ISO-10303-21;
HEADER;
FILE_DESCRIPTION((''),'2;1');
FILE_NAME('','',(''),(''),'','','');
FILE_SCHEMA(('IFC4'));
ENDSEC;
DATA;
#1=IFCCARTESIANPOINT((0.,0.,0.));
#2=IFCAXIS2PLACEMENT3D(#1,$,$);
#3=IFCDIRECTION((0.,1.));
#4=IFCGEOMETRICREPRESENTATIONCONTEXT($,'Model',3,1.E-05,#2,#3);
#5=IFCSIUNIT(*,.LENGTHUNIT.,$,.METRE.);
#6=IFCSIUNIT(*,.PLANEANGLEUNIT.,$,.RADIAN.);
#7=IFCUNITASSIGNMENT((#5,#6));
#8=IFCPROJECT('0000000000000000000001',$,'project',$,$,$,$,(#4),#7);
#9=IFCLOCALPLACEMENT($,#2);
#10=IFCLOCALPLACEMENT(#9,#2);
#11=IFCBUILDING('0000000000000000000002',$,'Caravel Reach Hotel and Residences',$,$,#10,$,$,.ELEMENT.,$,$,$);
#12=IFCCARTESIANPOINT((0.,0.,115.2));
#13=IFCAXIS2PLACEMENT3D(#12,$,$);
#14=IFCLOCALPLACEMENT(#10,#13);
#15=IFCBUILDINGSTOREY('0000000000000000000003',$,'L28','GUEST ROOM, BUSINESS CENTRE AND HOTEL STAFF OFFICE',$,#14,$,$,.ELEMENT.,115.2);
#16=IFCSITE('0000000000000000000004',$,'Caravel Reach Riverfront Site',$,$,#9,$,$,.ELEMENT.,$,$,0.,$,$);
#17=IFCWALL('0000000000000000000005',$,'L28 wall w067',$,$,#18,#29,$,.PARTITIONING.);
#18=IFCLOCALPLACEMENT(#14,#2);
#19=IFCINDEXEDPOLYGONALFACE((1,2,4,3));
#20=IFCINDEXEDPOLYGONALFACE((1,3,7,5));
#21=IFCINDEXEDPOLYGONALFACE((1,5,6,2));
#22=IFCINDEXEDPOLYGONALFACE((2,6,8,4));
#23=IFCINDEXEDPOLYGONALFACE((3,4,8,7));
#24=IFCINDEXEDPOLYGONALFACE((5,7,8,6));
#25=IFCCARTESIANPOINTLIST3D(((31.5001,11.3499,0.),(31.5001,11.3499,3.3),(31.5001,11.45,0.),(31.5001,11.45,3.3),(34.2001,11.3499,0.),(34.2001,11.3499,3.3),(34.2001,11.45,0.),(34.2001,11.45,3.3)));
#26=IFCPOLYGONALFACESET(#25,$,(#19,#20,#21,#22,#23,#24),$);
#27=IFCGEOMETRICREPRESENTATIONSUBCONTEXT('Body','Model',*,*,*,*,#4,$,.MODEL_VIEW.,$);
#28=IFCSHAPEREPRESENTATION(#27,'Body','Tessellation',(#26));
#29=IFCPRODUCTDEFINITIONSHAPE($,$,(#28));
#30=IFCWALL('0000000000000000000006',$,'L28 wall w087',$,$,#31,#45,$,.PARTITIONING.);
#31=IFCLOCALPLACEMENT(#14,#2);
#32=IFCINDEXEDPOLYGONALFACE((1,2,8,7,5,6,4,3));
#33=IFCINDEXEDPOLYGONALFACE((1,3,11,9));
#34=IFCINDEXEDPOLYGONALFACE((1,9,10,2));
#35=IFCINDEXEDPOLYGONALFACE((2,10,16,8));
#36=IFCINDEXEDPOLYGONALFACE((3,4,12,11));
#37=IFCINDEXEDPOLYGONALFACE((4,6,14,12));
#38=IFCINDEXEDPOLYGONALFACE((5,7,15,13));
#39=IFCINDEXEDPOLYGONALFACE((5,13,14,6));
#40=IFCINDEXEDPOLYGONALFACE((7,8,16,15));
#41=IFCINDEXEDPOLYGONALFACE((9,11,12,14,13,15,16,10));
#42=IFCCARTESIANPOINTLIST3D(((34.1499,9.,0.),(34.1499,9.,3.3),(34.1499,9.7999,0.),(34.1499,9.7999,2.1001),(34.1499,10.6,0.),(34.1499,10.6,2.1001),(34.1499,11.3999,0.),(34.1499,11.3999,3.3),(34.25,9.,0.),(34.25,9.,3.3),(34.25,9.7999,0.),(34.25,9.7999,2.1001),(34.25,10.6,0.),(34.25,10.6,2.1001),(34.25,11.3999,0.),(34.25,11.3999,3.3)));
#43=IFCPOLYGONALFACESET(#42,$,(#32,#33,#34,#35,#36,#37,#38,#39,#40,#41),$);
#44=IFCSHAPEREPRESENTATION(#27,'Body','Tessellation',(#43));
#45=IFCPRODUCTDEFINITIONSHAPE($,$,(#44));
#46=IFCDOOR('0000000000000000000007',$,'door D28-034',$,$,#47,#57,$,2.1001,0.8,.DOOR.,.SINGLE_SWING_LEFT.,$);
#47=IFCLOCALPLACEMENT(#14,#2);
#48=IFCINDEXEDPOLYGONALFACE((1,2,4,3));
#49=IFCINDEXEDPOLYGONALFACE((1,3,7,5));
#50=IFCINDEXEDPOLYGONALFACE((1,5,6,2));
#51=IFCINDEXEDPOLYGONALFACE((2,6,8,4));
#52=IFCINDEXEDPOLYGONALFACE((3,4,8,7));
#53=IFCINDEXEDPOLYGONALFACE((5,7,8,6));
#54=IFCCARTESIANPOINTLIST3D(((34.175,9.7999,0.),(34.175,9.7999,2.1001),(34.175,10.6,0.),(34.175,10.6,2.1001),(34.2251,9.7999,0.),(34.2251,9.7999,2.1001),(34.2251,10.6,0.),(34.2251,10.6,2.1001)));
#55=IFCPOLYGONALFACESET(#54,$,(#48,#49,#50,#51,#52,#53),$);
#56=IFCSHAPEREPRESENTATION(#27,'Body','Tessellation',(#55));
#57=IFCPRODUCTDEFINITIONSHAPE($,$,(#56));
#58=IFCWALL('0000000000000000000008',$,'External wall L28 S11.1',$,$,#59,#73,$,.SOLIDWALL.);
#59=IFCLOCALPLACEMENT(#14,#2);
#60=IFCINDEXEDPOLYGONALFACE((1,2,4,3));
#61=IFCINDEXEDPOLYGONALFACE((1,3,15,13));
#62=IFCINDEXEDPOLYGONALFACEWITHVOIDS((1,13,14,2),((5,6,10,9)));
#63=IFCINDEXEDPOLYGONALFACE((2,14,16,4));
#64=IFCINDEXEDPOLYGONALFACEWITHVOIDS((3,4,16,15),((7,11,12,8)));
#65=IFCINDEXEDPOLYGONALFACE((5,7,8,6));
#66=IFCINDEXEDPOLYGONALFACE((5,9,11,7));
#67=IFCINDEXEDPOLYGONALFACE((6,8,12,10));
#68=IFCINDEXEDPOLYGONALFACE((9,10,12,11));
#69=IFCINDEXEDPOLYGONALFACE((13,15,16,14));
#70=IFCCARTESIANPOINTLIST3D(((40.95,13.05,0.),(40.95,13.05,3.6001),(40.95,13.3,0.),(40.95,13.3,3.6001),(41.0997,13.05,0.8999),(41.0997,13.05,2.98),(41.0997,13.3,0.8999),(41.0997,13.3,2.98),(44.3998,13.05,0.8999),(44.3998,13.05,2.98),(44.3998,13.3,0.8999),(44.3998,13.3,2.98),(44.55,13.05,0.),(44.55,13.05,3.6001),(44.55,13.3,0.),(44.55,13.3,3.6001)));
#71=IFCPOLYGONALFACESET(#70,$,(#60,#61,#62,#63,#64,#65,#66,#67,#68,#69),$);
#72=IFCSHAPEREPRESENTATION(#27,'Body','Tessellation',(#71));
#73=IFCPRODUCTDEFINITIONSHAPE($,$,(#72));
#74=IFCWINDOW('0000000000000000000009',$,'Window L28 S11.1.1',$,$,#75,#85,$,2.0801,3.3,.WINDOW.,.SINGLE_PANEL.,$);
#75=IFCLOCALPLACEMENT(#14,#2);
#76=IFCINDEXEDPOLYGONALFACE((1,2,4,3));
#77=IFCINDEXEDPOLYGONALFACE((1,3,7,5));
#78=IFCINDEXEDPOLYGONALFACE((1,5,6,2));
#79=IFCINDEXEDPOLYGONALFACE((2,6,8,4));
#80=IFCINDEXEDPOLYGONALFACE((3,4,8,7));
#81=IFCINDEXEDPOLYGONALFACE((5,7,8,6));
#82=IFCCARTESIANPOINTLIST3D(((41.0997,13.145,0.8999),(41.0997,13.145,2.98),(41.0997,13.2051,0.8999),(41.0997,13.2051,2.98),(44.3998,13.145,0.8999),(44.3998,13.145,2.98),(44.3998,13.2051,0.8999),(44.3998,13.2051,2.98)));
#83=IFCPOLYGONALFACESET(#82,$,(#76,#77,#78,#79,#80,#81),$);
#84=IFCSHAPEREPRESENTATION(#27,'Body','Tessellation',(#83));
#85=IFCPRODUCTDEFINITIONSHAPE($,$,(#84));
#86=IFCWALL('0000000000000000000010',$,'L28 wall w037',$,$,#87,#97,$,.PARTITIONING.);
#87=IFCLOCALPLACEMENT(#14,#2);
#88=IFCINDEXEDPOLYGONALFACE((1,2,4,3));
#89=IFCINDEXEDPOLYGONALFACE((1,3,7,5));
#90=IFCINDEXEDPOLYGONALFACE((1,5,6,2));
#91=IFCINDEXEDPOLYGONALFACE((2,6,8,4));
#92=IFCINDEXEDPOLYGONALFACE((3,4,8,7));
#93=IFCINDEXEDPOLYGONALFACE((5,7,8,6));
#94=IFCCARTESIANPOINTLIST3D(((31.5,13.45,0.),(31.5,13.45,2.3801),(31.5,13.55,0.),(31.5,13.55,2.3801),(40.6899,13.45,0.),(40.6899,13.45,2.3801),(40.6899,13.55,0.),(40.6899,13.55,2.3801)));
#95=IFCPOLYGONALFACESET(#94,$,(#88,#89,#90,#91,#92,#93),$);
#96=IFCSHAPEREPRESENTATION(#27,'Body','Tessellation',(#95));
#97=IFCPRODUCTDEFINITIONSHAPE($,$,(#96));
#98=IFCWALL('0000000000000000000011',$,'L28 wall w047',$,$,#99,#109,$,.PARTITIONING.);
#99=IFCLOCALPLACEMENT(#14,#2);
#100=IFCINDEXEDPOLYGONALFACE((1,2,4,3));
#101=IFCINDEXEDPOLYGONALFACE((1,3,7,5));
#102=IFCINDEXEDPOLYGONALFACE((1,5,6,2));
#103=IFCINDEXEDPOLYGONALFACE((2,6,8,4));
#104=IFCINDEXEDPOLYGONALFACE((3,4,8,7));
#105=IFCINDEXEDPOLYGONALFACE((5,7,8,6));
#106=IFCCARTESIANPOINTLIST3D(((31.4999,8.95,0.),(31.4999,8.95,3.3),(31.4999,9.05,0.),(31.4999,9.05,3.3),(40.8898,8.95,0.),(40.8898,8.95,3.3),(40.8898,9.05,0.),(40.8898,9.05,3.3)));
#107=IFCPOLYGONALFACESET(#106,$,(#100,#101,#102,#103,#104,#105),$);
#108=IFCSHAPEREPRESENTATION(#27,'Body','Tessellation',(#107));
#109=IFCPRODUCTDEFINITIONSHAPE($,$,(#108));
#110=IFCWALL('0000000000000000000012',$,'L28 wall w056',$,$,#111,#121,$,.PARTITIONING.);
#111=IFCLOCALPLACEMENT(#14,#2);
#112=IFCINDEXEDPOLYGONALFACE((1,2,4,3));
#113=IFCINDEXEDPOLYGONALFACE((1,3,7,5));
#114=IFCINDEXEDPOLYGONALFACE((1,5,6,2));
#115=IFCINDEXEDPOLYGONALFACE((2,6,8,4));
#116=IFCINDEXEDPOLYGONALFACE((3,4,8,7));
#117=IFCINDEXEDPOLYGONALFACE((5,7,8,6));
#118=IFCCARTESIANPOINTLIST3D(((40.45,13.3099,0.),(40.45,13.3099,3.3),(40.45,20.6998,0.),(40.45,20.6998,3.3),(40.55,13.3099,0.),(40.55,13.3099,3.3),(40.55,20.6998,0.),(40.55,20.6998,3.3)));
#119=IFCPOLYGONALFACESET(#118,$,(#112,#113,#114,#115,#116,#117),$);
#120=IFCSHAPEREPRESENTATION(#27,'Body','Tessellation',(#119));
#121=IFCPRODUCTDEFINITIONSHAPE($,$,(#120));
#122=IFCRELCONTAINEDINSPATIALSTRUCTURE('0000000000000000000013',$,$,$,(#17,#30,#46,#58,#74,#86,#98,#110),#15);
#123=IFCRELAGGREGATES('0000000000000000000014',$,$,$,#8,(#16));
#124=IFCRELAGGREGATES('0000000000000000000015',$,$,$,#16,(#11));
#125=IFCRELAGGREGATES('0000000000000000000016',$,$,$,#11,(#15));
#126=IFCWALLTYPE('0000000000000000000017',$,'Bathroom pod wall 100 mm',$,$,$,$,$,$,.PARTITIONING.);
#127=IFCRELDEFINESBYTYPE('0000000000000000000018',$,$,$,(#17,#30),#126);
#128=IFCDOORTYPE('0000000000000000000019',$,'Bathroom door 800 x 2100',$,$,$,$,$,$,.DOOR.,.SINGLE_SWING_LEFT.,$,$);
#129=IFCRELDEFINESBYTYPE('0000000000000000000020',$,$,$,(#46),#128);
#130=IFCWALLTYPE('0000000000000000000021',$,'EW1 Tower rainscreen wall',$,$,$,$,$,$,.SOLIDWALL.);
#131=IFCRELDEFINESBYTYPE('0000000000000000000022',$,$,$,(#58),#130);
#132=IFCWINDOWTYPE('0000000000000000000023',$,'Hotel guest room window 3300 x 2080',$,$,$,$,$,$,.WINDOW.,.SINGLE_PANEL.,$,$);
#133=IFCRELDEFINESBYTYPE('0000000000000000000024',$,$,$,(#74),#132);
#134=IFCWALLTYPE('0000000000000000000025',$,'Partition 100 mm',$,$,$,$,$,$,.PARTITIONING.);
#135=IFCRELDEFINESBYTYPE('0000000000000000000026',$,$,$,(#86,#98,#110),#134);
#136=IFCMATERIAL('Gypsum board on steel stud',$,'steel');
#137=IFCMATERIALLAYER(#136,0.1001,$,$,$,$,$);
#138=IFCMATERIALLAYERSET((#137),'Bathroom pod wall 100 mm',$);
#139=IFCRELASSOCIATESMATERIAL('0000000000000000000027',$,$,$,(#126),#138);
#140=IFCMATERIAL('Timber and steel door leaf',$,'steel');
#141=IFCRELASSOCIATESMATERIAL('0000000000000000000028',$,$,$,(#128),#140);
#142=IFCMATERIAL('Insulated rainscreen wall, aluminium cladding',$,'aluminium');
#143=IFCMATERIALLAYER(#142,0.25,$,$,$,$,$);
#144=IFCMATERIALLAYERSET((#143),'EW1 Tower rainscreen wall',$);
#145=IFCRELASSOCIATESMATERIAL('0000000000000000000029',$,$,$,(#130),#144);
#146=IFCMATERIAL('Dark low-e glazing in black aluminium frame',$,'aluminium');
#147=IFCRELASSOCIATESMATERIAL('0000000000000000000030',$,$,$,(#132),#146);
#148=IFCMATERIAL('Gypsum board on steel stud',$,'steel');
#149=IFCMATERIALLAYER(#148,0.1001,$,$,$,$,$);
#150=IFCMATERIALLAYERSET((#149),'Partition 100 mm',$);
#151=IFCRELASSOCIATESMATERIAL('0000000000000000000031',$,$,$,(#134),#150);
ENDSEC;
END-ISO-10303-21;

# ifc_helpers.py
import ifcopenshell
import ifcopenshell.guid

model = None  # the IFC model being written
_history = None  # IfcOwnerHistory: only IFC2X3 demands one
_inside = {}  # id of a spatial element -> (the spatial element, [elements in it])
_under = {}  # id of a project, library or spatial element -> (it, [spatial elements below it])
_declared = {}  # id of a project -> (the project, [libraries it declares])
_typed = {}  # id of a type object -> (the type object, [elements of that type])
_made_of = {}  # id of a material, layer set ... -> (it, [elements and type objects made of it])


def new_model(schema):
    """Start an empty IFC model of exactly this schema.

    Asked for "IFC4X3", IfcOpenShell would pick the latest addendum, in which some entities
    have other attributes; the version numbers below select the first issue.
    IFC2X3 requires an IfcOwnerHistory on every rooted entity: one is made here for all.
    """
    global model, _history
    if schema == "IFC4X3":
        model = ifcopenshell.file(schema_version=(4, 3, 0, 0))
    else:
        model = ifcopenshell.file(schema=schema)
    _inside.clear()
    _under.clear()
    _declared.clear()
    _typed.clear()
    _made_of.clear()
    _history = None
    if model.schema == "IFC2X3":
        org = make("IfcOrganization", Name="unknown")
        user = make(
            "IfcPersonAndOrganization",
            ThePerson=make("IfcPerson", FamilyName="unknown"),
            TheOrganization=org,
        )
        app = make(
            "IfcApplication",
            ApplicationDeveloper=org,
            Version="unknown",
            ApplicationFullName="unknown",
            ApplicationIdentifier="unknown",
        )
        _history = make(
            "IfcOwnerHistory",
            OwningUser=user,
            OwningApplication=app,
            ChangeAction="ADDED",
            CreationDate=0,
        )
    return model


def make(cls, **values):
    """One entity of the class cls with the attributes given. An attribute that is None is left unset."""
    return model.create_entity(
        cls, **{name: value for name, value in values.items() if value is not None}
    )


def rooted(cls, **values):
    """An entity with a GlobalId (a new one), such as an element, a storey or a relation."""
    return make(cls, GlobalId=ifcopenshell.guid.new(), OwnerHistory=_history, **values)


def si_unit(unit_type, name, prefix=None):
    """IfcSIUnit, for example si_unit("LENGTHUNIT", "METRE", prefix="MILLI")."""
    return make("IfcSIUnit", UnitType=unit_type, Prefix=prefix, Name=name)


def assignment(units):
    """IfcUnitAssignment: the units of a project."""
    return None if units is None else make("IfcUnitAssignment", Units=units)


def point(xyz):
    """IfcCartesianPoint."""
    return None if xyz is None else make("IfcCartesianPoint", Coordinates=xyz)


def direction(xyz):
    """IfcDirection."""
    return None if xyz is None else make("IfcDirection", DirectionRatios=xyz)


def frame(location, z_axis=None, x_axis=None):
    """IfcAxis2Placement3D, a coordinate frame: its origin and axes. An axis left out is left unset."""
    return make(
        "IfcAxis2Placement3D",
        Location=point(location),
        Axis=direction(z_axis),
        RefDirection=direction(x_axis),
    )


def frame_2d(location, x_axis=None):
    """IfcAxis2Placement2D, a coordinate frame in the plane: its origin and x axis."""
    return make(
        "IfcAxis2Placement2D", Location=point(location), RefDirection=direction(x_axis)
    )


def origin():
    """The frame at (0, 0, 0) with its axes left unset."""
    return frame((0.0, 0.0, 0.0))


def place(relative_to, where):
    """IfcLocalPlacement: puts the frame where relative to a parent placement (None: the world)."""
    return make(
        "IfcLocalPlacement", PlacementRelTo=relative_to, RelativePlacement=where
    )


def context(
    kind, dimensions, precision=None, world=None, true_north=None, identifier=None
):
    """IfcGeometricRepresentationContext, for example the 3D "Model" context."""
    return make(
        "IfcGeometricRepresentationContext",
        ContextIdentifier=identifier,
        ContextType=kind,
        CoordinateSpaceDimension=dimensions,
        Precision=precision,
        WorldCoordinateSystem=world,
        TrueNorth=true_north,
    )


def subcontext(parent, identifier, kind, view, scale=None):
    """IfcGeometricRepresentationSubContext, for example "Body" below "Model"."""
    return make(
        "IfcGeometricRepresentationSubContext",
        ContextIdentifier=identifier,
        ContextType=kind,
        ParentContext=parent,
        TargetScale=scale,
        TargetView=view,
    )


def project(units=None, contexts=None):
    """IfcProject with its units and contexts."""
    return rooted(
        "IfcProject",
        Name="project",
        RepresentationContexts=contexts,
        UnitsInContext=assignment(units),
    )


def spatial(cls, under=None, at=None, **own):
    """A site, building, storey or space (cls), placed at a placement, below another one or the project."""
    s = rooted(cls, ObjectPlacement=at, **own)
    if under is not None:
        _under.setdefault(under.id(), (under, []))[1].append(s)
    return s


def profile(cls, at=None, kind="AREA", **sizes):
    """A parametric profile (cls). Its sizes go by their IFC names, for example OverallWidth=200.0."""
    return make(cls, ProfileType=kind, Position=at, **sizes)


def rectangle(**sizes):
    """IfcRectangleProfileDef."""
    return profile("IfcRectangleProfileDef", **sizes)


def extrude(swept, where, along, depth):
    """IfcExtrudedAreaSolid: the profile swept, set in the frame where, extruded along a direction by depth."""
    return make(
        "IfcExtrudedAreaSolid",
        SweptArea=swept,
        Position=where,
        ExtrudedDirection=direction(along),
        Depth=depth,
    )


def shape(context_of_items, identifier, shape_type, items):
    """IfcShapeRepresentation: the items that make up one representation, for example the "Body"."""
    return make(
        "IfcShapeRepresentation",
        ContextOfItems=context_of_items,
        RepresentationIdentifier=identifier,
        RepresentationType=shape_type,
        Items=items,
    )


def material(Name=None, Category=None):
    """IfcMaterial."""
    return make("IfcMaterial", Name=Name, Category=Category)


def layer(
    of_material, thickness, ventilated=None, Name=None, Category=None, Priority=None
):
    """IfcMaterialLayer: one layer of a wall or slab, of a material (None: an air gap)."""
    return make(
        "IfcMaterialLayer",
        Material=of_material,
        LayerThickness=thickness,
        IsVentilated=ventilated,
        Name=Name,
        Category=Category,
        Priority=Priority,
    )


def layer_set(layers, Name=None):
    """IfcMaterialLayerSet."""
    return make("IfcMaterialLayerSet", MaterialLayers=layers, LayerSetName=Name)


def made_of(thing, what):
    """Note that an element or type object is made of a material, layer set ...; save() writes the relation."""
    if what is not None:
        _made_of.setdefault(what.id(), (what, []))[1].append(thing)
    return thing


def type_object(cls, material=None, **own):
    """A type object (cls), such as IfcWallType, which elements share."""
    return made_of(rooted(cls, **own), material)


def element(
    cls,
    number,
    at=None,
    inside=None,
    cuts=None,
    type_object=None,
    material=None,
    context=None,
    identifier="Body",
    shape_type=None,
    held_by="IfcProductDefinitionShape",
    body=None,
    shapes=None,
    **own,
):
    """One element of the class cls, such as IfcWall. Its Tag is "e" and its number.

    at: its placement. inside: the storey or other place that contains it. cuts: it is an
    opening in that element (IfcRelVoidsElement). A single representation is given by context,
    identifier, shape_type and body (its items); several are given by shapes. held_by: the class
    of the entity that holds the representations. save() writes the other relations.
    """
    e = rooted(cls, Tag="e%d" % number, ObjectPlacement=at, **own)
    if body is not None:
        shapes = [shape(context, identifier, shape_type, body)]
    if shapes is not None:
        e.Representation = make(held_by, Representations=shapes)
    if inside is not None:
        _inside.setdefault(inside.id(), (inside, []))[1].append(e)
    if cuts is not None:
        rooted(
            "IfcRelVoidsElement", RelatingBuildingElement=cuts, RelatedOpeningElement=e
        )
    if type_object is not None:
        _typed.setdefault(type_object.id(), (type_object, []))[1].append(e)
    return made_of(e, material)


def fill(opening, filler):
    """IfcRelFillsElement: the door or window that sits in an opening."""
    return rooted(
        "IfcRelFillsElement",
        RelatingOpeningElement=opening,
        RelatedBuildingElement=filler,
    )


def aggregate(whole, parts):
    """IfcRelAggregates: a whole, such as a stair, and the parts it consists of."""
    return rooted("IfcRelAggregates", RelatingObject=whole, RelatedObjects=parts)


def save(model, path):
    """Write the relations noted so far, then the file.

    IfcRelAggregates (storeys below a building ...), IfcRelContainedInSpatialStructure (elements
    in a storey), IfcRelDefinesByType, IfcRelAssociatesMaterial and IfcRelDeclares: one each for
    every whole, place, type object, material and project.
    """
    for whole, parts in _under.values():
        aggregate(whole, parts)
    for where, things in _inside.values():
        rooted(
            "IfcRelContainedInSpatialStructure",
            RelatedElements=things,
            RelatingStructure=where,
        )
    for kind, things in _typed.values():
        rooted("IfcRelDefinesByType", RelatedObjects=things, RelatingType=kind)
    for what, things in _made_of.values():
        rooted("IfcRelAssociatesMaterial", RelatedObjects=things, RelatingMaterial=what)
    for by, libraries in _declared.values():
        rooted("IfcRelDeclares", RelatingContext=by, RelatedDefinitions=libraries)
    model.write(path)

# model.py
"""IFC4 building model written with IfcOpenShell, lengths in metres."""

from ifc_helpers import new_model, si_unit, direction, frame, frame_2d, origin, place, context, subcontext, project, spatial, rectangle, extrude, material, layer, layer_set, type_object, element, fill, save


model = new_model("IFC4")

# Units and contexts
model_context = context("Model", 3, precision=1e-05, world=origin(), true_north=direction((0.0, 1.0)))
body_context = subcontext(model_context, "Body", "Model", "MODEL_VIEW")
ifc_project = project(units=[si_unit("LENGTHUNIT", "METRE"), si_unit("PLANEANGLEUNIT", "RADIAN")], contexts=[model_context])

# Site, building, storey
site_placement = place(None, origin())
site = spatial("IfcSite", under=ifc_project, at=site_placement, Name="Caravel Reach Riverfront Site", CompositionType="ELEMENT", RefElevation=0.0)
building_placement = place(site_placement, origin())
building = spatial("IfcBuilding", under=site, at=building_placement, Name="Caravel Reach Hotel and Residences", CompositionType="ELEMENT")
storey_placement = place(building_placement, frame((0.0, 0.0, 115.2)))
storey = spatial("IfcBuildingStorey", under=building, at=storey_placement, Name="L28", Description="GUEST ROOM, BUSINESS CENTRE AND HOTEL STAFF OFFICE", CompositionType="ELEMENT", Elevation=115.2)

# Wall
ifc_material_1 = material(Name="Gypsum board on steel stud", Category="steel")
ifc_layer_1 = layer(ifc_material_1, 0.1001)
ifc_layer_set_1 = layer_set([ifc_layer_1], Name="Bathroom pod wall 100 mm")
wall_type_1 = type_object("IfcWallType", Name="Bathroom pod wall 100 mm", PredefinedType="PARTITIONING", material=ifc_layer_set_1)
wall_1_placement = place(storey_placement, frame((31.5, 11.3999, 0.0), z_axis=(0.0, 0.0, 1.0), x_axis=(1.0, 0.0, 0.0)))
element("IfcWall", 1, at=wall_1_placement, inside=storey, type_object=wall_type_1, Name="L28 wall w067", PredefinedType="PARTITIONING", context=body_context, shape_type="SweptSolid", body=[
    extrude(rectangle(XDim=2.7, YDim=0.1001, at=frame_2d((1.3501, 0.0))), origin(), (0.0, 0.0, 1.0), 3.3),
])

# Wall, opening, door
wall_2_placement = place(storey_placement, frame((34.2, 9.0, 0.0), z_axis=(0.0, 0.0, 1.0), x_axis=(0.0, 1.0, 0.0)))
wall_2 = element("IfcWall", 2, at=wall_2_placement, inside=storey, type_object=wall_type_1, Name="L28 wall w087", PredefinedType="PARTITIONING", context=body_context, shape_type="SweptSolid", body=[
    extrude(rectangle(XDim=2.3999, YDim=0.1001, at=frame_2d((1.2, 0.0))), origin(), (0.0, 0.0, 1.0), 3.3),
])
opening_1_placement = place(wall_2_placement, frame((0.8, 0.0, 0.0)))
opening_1 = element("IfcOpeningElement", 3, at=opening_1_placement, cuts=wall_2, PredefinedType="OPENING", context=body_context, shape_type="SweptSolid", body=[
    extrude(rectangle(XDim=0.8, YDim=2.1001, at=frame_2d((0.3999, 1.05))), frame((0.0, 0.0601, 0.0), z_axis=(0.0, -1.0, 0.0), x_axis=(1.0, 0.0, 0.0)), (0.0, 0.0, 1.0), 0.1201),
])
ifc_material_2 = material(Name="Timber and steel door leaf", Category="steel")
door_type = type_object("IfcDoorType", Name="Bathroom door 800 x 2100", OperationType="SINGLE_SWING_LEFT", PredefinedType="DOOR", material=ifc_material_2)
door_placement = place(opening_1_placement, origin())
door = element("IfcDoor", 4, at=door_placement, inside=storey, type_object=door_type, Name="door D28-034", OperationType="SINGLE_SWING_LEFT", OverallHeight=2.1001, OverallWidth=0.8, PredefinedType="DOOR", context=body_context, shape_type="SweptSolid", body=[
    extrude(rectangle(XDim=0.8, YDim=2.1001, at=frame_2d((0.3999, 1.05))), frame((0.0, 0.0249, 0.0), z_axis=(0.0, -1.0, 0.0), x_axis=(1.0, 0.0, 0.0)), (0.0, 0.0, 1.0), 0.05),
])
fill(opening_1, door)

# Wall, opening, window
ifc_material_3 = material(Name="Insulated rainscreen wall, aluminium cladding", Category="aluminium")
ifc_layer_2 = layer(ifc_material_3, 0.25)
ifc_layer_set_2 = layer_set([ifc_layer_2], Name="EW1 Tower rainscreen wall")
wall_type_2 = type_object("IfcWallType", Name="EW1 Tower rainscreen wall", PredefinedType="SOLIDWALL", material=ifc_layer_set_2)
wall_3_placement = place(storey_placement, frame((40.95, 13.175, 0.0), z_axis=(0.0, 0.0, 1.0), x_axis=(1.0, 0.0, 0.0)))
wall_3 = element("IfcWall", 5, at=wall_3_placement, inside=storey, type_object=wall_type_2, Name="External wall L28 S11.1", PredefinedType="SOLIDWALL", context=body_context, shape_type="SweptSolid", body=[
    extrude(rectangle(XDim=3.6001, YDim=0.25, at=frame_2d((1.8, 0.0))), origin(), (0.0, 0.0, 1.0), 3.6001),
])
opening_2_placement = place(wall_3_placement, frame((0.1499, 0.0, 0.8999)))
opening_2 = element("IfcOpeningElement", 6, at=opening_2_placement, cuts=wall_3, PredefinedType="OPENING", context=body_context, shape_type="SweptSolid", body=[
    extrude(rectangle(XDim=3.3, YDim=2.0801, at=frame_2d((1.6499, 1.04))), frame((0.0, 0.135, 0.0), z_axis=(0.0, -1.0, 0.0), x_axis=(1.0, 0.0, 0.0)), (0.0, 0.0, 1.0), 0.27),
])
ifc_material_4 = material(Name="Dark low-e glazing in black aluminium frame", Category="aluminium")
window_type = type_object("IfcWindowType", Name="Hotel guest room window 3300 x 2080", PartitioningType="SINGLE_PANEL", PredefinedType="WINDOW", material=ifc_material_4)
window_placement = place(opening_2_placement, origin())
window = element("IfcWindow", 7, at=window_placement, inside=storey, type_object=window_type, Name="Window L28 S11.1.1", OverallHeight=2.0801, OverallWidth=3.3, PartitioningType="SINGLE_PANEL", PredefinedType="WINDOW", context=body_context, shape_type="SweptSolid", body=[
    extrude(rectangle(XDim=3.3, YDim=2.0801, at=frame_2d((1.6499, 1.04))), frame((0.0, 0.03, 0.0), z_axis=(0.0, -1.0, 0.0), x_axis=(1.0, 0.0, 0.0)), (0.0, 0.0, 1.0), 0.0601),
])
fill(opening_2, window)

# Walls
ifc_material_5 = material(Name="Gypsum board on steel stud", Category="steel")
ifc_layer_3 = layer(ifc_material_5, 0.1001)
ifc_layer_set_3 = layer_set([ifc_layer_3], Name="Partition 100 mm")
wall_type_3 = type_object("IfcWallType", Name="Partition 100 mm", PredefinedType="PARTITIONING", material=ifc_layer_set_3)
wall_4_placement = place(storey_placement, frame((31.5, 13.5, 0.0), z_axis=(0.0, 0.0, 1.0), x_axis=(1.0, 0.0, 0.0)))
element("IfcWall", 8, at=wall_4_placement, inside=storey, type_object=wall_type_3, Name="L28 wall w037", PredefinedType="PARTITIONING", context=body_context, shape_type="SweptSolid", body=[
    extrude(rectangle(XDim=9.1899, YDim=0.1001, at=frame_2d((4.595, 0.0))), origin(), (0.0, 0.0, 1.0), 2.3801),
])
wall_5_placement = place(storey_placement, frame((31.5, 9.0, 0.0), z_axis=(0.0, 0.0, 1.0), x_axis=(1.0, 0.0, 0.0)))
element("IfcWall", 9, at=wall_5_placement, inside=storey, type_object=wall_type_3, Name="L28 wall w047", PredefinedType="PARTITIONING", context=body_context, shape_type="SweptSolid", body=[
    extrude(rectangle(XDim=9.3899, YDim=0.1001, at=frame_2d((4.6948, 0.0))), origin(), (0.0, 0.0, 1.0), 3.3),
])
wall_6_placement = place(storey_placement, frame((40.5, 13.3101, 0.0), z_axis=(0.0, 0.0, 1.0), x_axis=(0.0, 1.0, 0.0)))
element("IfcWall", 10, at=wall_6_placement, inside=storey, type_object=wall_type_3, Name="L28 wall w056", PredefinedType="PARTITIONING", context=body_context, shape_type="SweptSolid", body=[
    extrude(rectangle(XDim=7.3899, YDim=0.1001, at=frame_2d((3.6948, 0.0))), origin(), (0.0, 0.0, 1.0), 3.3),
])

save(model, "model.ifc")
